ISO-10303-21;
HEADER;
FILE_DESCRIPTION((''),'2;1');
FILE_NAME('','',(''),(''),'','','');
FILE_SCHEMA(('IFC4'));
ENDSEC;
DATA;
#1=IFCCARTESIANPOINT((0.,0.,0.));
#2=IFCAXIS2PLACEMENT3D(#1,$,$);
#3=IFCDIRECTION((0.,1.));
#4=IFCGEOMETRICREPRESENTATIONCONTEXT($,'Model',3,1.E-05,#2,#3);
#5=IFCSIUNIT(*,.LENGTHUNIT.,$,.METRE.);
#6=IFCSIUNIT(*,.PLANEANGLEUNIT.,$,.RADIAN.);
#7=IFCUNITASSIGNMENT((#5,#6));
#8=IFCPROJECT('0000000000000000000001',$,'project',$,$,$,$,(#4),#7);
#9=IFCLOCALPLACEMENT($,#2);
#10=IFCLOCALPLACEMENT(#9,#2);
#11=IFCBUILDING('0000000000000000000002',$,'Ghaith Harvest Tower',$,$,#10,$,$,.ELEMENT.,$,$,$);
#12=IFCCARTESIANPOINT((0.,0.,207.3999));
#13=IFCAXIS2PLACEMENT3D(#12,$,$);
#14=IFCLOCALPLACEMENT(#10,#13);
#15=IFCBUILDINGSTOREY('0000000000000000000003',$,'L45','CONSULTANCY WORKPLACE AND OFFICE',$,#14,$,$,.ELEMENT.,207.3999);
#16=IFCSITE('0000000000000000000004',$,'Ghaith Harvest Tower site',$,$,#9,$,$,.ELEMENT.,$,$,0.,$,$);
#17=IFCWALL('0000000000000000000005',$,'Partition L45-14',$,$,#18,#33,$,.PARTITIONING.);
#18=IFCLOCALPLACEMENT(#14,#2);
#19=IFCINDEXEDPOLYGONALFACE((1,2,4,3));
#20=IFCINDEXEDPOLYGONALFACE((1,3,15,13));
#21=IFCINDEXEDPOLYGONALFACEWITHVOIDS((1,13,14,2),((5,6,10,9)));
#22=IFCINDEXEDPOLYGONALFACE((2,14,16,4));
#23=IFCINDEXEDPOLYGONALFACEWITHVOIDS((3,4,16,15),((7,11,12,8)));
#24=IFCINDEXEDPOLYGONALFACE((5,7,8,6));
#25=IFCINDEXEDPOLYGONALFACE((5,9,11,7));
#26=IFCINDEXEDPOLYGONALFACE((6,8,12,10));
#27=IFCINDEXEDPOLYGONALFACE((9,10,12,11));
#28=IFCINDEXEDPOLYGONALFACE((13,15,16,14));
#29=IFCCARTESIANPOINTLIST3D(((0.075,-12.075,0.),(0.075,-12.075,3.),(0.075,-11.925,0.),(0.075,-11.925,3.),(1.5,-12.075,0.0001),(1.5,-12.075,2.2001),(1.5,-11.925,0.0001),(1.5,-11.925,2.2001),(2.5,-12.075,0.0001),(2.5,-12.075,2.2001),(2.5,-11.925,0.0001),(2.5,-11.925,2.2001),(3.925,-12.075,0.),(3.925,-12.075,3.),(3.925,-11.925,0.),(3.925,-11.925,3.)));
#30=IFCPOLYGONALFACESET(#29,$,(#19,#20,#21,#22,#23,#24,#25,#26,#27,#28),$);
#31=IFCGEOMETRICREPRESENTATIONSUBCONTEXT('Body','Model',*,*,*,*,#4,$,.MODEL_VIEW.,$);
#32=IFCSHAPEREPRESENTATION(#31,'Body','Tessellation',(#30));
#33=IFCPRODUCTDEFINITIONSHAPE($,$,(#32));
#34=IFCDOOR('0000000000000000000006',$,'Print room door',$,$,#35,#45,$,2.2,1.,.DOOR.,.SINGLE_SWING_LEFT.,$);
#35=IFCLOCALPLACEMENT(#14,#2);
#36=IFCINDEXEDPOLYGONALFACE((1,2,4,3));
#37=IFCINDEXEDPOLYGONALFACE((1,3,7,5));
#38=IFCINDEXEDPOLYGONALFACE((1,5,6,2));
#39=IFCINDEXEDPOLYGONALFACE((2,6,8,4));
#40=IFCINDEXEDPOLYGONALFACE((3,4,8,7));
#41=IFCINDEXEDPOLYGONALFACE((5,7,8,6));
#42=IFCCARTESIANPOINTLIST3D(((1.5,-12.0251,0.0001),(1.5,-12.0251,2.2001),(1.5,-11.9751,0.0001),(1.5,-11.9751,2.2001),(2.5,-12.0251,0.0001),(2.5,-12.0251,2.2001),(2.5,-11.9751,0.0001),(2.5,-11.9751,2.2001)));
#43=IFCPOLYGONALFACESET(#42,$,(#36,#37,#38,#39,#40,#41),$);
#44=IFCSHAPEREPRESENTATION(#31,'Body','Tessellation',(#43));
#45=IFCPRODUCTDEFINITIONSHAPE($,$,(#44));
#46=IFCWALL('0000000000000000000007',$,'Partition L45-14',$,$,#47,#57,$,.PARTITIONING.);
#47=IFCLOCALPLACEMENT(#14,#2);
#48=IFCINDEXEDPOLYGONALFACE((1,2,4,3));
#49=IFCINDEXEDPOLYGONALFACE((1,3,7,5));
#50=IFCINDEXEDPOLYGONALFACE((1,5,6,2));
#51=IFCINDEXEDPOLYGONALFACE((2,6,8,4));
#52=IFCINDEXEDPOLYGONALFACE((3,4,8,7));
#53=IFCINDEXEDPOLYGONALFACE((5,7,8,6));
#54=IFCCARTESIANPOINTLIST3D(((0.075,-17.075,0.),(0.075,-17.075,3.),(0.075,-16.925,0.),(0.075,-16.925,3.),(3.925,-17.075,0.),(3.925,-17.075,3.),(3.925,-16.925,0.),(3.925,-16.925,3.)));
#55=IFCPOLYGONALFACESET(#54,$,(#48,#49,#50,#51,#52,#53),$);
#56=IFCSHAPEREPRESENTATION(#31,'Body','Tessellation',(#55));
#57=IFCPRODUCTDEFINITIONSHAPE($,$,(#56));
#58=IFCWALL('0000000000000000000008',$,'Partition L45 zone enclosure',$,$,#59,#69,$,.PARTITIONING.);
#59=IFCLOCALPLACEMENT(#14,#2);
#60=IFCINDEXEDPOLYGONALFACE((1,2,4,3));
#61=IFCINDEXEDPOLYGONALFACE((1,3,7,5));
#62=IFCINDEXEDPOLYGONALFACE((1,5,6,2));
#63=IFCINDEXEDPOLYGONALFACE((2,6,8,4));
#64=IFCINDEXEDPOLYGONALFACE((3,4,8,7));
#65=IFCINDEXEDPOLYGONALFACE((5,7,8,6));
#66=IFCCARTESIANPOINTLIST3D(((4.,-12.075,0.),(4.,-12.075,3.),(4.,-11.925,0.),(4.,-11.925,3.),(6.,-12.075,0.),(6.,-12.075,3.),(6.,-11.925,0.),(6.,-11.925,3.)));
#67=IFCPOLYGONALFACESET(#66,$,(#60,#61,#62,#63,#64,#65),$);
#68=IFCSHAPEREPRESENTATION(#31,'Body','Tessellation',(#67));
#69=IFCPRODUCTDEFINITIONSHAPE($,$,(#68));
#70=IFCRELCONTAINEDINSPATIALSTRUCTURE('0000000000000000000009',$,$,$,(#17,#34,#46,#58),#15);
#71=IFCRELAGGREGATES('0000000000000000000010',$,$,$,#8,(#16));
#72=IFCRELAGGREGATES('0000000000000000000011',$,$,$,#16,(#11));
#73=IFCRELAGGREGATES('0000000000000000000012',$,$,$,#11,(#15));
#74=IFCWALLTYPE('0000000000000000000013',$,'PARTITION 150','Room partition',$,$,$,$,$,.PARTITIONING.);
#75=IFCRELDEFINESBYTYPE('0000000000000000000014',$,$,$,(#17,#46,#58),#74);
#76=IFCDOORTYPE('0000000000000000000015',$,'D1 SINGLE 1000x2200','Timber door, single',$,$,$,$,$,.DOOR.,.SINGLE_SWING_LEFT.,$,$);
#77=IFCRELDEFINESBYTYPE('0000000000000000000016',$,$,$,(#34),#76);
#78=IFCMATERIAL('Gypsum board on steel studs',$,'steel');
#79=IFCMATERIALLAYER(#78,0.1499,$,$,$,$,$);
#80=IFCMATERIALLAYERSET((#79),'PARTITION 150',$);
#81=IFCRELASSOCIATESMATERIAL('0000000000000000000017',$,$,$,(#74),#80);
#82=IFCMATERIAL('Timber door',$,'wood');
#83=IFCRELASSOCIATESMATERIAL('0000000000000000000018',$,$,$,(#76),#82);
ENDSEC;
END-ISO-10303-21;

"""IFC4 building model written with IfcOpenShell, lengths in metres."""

from ifc_helpers import new_model, si_unit, direction, frame, frame_2d, origin, place, context, subcontext, project, spatial, rectangle, extrude, material, layer, layer_set, type_object, element, fill, save


model = new_model("IFC4")

# Units and contexts
model_context = context("Model", 3, precision=1e-05, world=origin(), true_north=direction((0.0, 1.0)))
body_context = subcontext(model_context, "Body", "Model", "MODEL_VIEW")
ifc_project = project(units=[si_unit("LENGTHUNIT", "METRE"), si_unit("PLANEANGLEUNIT", "RADIAN")], contexts=[model_context])

# Site, building, storey
site_placement = place(None, origin())
site = spatial("IfcSite", under=ifc_project, at=site_placement, Name="Ghaith Harvest Tower site", CompositionType="ELEMENT", RefElevation=0.0)
building_placement = place(site_placement, origin())
building = spatial("IfcBuilding", under=site, at=building_placement, Name="Ghaith Harvest Tower", CompositionType="ELEMENT")
storey_placement = place(building_placement, frame((0.0, 0.0, 207.3999)))
storey = spatial("IfcBuildingStorey", under=building, at=storey_placement, Name="L45", Description="CONSULTANCY WORKPLACE AND OFFICE", CompositionType="ELEMENT", Elevation=207.3999)

# Shared definitions
ifc_material_1 = material(Name="Gypsum board on steel studs", Category="steel")
ifc_layer_1 = layer(ifc_material_1, 0.1499)
ifc_layer_set_1 = layer_set([ifc_layer_1], Name="PARTITION 150")
wall_type_1 = type_object("IfcWallType", Name="PARTITION 150", Description="Room partition", PredefinedType="PARTITIONING", material=ifc_layer_set_1)

# Wall, opening, door
wall_1_placement = place(storey_placement, frame((0.075, -12.0, 0.0), z_axis=(0.0, 0.0, 1.0), x_axis=(1.0, 0.0, 0.0)))
wall_1 = element("IfcWall", 1, at=wall_1_placement, inside=storey, type_object=wall_type_1, Name="Partition L45-14", PredefinedType="PARTITIONING", context=body_context, shape_type="SweptSolid", body=[
    extrude(rectangle(XDim=3.8501, YDim=0.1499, at=frame_2d((1.925, 0.0))), origin(), (0.0, 0.0, 1.0), 3.0),
])
opening_1_placement = place(wall_1_placement, frame((1.425, 0.0, 0.0)))
opening_1 = element("IfcOpeningElement", 2, at=opening_1_placement, cuts=wall_1, PredefinedType="OPENING", context=body_context, shape_type="SweptSolid", body=[
    extrude(rectangle(XDim=1.0, YDim=2.2, at=frame_2d((0.5, 1.1001))), frame((0.0, 0.085, 0.0), z_axis=(0.0, -1.0, 0.0), x_axis=(1.0, 0.0, 0.0)), (0.0, 0.0, 1.0), 0.1699),
])
ifc_material_2 = material(Name="Timber door", Category="wood")
door_type_1 = type_object("IfcDoorType", Name="D1 SINGLE 1000x2200", Description="Timber door, single", OperationType="SINGLE_SWING_LEFT", PredefinedType="DOOR", material=ifc_material_2)
door_1_placement = place(opening_1_placement, origin())
door_1 = element("IfcDoor", 3, at=door_1_placement, inside=storey, type_object=door_type_1, Name="Print room door", OperationType="SINGLE_SWING_LEFT", OverallHeight=2.2, OverallWidth=1.0, PredefinedType="DOOR", context=body_context, shape_type="SweptSolid", body=[
    extrude(rectangle(XDim=1.0, YDim=2.2, at=frame_2d((0.5, 1.1001))), frame((0.0, 0.0249, 0.0), z_axis=(0.0, -1.0, 0.0), x_axis=(1.0, 0.0, 0.0)), (0.0, 0.0, 1.0), 0.05),
])
fill(opening_1, door_1)

# Walls
wall_2_placement = place(storey_placement, frame((0.075, -17.0, 0.0), z_axis=(0.0, 0.0, 1.0), x_axis=(1.0, 0.0, 0.0)))
element("IfcWall", 4, at=wall_2_placement, inside=storey, type_object=wall_type_1, Name="Partition L45-14", PredefinedType="PARTITIONING", context=body_context, shape_type="SweptSolid", body=[
    extrude(rectangle(XDim=3.8501, YDim=0.1499, at=frame_2d((1.925, 0.0))), origin(), (0.0, 0.0, 1.0), 3.0),
])
wall_3_placement = place(storey_placement, frame((4.0, -12.0, 0.0), z_axis=(0.0, 0.0, 1.0), x_axis=(1.0, 0.0, 0.0)))
element("IfcWall", 5, at=wall_3_placement, inside=storey, type_object=wall_type_1, Name="Partition L45 zone enclosure", PredefinedType="PARTITIONING", context=body_context, shape_type="SweptSolid", body=[
    extrude(rectangle(XDim=2.0, YDim=0.1499, at=frame_2d((1.0, 0.0))), origin(), (0.0, 0.0, 1.0), 3.0),
])

save(model, "model.ifc")
